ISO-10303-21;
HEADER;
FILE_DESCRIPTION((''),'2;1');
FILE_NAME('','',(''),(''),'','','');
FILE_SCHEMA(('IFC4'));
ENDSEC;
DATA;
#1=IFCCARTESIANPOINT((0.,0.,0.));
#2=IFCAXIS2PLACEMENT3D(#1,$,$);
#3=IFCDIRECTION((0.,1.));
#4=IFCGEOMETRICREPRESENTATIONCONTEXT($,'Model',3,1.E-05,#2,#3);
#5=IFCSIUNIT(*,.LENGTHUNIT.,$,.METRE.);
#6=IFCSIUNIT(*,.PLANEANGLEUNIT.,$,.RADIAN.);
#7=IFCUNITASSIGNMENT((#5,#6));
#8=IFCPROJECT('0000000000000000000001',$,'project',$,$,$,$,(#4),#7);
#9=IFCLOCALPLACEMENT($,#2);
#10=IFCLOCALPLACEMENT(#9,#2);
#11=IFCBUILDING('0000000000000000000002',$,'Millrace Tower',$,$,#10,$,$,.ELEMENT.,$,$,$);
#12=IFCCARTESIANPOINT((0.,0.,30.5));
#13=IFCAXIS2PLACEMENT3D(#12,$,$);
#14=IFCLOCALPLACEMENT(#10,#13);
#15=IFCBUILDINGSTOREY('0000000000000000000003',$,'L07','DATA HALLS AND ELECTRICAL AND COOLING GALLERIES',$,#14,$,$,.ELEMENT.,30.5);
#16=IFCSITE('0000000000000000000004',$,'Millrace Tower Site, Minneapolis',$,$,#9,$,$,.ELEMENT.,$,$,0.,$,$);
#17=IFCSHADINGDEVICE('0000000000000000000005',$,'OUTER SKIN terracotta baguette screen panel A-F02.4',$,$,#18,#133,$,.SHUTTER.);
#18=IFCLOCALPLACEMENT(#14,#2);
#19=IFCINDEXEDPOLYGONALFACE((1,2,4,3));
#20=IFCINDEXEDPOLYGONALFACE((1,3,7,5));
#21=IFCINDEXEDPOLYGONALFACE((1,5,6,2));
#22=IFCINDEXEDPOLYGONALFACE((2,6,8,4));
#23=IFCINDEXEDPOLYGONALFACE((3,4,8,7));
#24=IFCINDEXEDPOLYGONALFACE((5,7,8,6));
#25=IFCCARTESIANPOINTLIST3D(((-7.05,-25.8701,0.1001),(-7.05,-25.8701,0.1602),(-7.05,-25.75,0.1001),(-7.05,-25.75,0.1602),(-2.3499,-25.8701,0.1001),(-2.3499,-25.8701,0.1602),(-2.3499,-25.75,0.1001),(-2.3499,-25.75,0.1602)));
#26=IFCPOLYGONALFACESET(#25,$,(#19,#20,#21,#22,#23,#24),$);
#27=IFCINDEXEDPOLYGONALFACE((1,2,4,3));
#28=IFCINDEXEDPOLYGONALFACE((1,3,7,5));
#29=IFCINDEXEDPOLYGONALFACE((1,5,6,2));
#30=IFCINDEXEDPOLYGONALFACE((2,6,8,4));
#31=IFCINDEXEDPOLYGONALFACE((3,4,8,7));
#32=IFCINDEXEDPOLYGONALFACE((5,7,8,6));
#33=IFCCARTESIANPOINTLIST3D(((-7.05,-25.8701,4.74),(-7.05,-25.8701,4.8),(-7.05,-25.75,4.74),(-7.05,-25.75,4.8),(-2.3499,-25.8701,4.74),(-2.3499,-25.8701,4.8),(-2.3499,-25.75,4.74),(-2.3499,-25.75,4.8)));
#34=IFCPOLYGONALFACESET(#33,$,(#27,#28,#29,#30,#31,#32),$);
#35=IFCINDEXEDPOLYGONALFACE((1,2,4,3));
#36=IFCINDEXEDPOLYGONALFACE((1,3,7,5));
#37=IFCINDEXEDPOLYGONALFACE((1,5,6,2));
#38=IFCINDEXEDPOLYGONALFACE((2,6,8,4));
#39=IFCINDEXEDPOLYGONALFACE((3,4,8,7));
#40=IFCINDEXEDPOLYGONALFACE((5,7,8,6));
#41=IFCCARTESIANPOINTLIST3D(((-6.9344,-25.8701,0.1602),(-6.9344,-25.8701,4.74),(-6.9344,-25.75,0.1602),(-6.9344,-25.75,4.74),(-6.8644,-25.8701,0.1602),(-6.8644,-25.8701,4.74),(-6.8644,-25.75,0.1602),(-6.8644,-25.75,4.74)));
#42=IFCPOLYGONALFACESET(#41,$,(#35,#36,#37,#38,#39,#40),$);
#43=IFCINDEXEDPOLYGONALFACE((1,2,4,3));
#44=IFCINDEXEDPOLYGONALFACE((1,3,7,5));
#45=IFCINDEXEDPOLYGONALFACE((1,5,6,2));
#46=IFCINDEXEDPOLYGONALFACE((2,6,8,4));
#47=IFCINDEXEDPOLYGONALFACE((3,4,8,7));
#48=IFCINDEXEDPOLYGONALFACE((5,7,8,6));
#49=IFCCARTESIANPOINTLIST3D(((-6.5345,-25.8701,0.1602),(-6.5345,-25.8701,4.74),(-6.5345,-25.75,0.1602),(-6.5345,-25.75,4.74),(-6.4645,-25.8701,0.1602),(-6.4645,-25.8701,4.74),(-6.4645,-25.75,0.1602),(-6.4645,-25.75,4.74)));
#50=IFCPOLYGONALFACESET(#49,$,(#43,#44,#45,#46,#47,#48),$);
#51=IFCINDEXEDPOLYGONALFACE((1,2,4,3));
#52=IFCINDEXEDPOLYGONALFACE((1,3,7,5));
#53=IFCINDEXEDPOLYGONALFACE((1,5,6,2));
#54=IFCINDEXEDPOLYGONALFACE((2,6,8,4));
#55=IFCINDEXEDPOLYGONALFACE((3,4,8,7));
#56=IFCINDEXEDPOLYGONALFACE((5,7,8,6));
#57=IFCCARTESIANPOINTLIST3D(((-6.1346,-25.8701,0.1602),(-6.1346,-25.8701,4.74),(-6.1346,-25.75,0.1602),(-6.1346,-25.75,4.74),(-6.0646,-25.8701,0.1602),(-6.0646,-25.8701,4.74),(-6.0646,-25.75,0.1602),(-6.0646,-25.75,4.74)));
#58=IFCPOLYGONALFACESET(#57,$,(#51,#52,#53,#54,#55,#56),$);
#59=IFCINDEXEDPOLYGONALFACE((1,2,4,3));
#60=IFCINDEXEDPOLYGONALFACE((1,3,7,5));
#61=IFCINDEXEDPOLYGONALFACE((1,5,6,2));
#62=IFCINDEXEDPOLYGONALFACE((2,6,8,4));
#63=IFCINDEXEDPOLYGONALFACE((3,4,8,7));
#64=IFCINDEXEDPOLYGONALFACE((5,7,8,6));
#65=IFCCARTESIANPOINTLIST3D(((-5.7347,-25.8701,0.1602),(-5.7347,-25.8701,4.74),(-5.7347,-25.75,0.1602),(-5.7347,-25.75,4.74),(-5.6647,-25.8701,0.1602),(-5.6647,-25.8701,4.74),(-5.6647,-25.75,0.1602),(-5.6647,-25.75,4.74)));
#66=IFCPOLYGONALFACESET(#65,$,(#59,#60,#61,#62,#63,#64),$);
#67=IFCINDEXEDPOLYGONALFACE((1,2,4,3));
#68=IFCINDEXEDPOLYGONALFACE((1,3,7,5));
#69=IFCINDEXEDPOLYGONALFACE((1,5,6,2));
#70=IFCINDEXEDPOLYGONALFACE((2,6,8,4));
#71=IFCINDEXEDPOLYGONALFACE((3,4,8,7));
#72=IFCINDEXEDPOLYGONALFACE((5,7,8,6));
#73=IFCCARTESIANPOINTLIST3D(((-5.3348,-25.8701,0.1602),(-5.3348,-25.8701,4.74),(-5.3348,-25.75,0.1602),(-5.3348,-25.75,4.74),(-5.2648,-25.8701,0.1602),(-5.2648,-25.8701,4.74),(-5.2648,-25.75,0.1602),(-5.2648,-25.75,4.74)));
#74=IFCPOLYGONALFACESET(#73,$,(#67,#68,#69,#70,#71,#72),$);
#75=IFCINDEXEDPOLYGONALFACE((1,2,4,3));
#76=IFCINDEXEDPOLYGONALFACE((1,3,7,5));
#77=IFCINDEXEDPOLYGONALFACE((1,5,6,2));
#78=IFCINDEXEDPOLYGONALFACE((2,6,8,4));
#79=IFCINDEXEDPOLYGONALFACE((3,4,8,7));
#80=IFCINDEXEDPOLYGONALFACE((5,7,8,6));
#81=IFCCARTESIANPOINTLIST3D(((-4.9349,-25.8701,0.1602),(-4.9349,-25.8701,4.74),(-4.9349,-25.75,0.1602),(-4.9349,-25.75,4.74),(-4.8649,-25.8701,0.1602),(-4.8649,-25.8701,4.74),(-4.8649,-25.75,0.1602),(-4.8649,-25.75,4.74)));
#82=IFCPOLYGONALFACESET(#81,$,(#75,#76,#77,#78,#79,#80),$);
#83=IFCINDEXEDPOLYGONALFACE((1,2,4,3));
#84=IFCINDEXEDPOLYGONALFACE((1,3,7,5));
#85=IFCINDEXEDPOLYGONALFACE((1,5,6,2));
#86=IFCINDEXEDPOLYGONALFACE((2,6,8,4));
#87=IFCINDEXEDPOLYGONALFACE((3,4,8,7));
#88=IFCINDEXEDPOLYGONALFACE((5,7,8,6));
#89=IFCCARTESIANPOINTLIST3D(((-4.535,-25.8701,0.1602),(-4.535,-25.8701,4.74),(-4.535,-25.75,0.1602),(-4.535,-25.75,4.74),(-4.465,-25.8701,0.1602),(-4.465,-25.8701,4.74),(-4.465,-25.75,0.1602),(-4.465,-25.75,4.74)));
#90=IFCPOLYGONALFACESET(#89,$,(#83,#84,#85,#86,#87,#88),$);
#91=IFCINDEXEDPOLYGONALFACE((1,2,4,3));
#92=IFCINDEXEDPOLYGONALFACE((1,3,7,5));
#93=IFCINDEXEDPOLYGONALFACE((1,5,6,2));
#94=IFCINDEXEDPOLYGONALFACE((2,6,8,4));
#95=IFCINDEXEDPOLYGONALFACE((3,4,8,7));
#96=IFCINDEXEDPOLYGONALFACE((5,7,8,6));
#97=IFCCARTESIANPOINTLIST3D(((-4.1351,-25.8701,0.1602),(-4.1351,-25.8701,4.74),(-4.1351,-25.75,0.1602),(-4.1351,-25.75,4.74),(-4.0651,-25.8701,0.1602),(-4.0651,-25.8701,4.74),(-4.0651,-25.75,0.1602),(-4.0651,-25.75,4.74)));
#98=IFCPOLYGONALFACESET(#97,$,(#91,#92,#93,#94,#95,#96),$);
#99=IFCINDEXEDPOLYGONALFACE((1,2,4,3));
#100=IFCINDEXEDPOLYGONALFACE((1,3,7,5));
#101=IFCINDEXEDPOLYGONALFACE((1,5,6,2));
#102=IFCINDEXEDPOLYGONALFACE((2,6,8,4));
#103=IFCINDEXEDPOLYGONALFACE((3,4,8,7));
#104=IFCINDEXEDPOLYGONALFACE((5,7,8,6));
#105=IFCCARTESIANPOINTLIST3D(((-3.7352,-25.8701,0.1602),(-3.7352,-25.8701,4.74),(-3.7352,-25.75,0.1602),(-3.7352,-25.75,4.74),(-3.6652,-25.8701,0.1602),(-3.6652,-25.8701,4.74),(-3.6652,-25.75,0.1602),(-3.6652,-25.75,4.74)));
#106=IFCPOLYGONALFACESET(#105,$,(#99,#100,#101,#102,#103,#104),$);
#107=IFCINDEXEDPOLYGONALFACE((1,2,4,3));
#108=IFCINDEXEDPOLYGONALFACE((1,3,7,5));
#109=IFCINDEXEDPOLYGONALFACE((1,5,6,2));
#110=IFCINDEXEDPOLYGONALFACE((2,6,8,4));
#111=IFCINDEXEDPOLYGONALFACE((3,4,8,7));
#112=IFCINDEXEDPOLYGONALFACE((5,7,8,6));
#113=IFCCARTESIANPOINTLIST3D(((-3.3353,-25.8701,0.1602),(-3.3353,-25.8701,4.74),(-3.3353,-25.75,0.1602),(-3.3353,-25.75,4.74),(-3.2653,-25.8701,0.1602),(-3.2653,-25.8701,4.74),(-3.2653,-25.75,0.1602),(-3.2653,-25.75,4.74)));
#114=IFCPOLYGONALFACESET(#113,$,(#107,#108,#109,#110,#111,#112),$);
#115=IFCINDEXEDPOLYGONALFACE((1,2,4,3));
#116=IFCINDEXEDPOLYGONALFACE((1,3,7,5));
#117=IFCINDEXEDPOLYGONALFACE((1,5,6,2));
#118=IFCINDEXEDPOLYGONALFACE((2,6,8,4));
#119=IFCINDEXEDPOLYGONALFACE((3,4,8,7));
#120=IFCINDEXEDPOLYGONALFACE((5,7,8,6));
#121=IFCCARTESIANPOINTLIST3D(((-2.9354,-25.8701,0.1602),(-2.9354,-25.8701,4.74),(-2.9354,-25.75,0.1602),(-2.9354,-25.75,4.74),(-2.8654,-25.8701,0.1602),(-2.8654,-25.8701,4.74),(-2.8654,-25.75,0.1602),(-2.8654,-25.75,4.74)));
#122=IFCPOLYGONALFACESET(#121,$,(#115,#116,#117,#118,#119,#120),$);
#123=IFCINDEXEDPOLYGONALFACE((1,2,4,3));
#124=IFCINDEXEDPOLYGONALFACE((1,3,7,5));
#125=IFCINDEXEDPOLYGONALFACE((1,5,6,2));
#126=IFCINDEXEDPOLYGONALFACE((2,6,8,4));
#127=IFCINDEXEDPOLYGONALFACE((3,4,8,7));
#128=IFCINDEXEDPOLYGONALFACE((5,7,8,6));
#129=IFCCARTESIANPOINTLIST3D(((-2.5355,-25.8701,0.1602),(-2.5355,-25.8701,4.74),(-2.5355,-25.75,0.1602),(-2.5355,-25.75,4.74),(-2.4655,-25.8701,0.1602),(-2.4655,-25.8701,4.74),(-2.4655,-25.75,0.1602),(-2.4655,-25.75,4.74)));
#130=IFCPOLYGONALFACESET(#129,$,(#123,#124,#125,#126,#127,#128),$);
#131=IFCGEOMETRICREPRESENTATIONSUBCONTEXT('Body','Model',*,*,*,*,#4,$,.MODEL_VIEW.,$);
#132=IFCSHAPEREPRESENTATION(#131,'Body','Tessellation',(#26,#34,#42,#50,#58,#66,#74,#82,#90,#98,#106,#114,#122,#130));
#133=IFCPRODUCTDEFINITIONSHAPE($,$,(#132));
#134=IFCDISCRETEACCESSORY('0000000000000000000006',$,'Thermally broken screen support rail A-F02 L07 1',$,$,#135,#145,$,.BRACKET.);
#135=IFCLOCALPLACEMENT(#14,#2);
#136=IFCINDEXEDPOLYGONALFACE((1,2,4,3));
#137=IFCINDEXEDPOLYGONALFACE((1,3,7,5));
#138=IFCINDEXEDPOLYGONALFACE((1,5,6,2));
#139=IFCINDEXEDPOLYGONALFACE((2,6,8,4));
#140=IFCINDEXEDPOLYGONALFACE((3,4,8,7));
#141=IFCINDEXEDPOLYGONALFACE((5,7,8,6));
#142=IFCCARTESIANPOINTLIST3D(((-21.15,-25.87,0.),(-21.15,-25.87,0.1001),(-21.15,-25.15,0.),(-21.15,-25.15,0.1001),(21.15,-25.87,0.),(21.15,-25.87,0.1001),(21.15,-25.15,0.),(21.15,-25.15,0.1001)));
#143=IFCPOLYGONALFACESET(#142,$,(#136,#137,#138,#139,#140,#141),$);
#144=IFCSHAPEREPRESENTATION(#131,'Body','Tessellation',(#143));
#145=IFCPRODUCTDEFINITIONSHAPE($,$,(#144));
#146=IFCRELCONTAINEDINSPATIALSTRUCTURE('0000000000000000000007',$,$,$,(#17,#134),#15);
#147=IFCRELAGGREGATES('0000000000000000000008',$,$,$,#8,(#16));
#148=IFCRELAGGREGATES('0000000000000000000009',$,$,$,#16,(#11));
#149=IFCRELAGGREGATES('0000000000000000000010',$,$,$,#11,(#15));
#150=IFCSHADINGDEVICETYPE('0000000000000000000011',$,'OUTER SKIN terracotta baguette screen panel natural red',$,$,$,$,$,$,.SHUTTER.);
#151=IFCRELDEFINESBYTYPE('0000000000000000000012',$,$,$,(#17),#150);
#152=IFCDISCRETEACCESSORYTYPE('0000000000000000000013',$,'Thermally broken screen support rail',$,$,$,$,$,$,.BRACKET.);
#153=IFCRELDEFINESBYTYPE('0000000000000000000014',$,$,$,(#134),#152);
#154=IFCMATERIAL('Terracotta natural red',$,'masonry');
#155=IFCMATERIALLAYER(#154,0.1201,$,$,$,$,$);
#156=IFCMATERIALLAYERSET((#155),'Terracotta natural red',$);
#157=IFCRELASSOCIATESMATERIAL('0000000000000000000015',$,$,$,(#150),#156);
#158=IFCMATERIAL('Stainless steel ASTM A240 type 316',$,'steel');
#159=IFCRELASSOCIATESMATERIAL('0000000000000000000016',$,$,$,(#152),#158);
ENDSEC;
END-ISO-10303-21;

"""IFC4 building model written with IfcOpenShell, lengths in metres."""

from ifc_helpers import new_model, entity, si_unit, direction, frame, frame_2d, origin, origin_2d, place, context, subcontext, project, spatial, rectangle, extrude, source, transform, mapped, material, layer, layer_set, type_object, element, save


model = new_model("IFC4")

# Units and contexts
model_context = context("Model", 3, precision=1e-05, world=origin(), true_north=direction((0.0, 1.0)))
body_context = subcontext(model_context, "Body", "Model", "MODEL_VIEW")
ifc_project = project(units=[si_unit("LENGTHUNIT", "METRE"), si_unit("PLANEANGLEUNIT", "RADIAN")], contexts=[model_context])

# Site, building, storey
site_placement = place(None, origin())
site = spatial("IfcSite", under=ifc_project, at=site_placement, Name="Millrace Tower Site, Minneapolis", CompositionType="ELEMENT", RefElevation=0.0)
building_placement = place(site_placement, origin())
building = spatial("IfcBuilding", under=site, at=building_placement, Name="Millrace Tower", CompositionType="ELEMENT")
storey_placement = place(building_placement, frame((0.0, 0.0, 30.5)))
storey = spatial("IfcBuildingStorey", under=building, at=storey_placement, Name="L07", Description="DATA HALLS AND ELECTRICAL AND COOLING GALLERIES", CompositionType="ELEMENT", Elevation=30.5)

# Shading device
cartesian_point = entity("IfcCartesianPoint", [-2.3501, 0.0601])
shared_polyline = entity("IfcPolyline", [cartesian_point, entity("IfcCartesianPoint", [2.3501, 0.0601]), entity("IfcCartesianPoint", [2.3501, -0.0601]), entity("IfcCartesianPoint", [-2.3501, -0.0601]), cartesian_point])
ifc_material_1 = material(Name="Terracotta natural red", Category="masonry")
ifc_layer_1 = layer(ifc_material_1, 0.1201)
ifc_layer_set_1 = layer_set([ifc_layer_1], Name="Terracotta natural red")
shading_device_type_1 = type_object("IfcShadingDeviceType", Name="OUTER SKIN terracotta baguette screen panel natural red", PredefinedType="SHUTTER", material=ifc_layer_set_1)
shared_shape_1 = source(origin(), body_context, "Body", "SweptSolid", [
    entity("IfcExtrudedAreaSolid", entity("IfcArbitraryClosedProfileDef", "AREA", None, shared_polyline), entity("IfcAxis2Placement3D", entity("IfcCartesianPoint", [0.0, 0.0, 0.0])), entity("IfcDirection", [0.0, 0.0, 1.0]), 0.0601),
    entity("IfcExtrudedAreaSolid", entity("IfcArbitraryClosedProfileDef", "AREA", None, shared_polyline), entity("IfcAxis2Placement3D", entity("IfcCartesianPoint", [0.0, 0.0, 4.6399])), entity("IfcDirection", [0.0, 0.0, 1.0]), 0.0601),
    extrude(rectangle(XDim=0.0701, YDim=0.1201, at=frame_2d((-2.1995, 0.0))), frame((0.0, 0.0, 0.0601)), (0.0, 0.0, 1.0), 4.5798),
    extrude(rectangle(XDim=0.0701, YDim=0.1201, at=frame_2d((-1.7996, 0.0))), frame((0.0, 0.0, 0.0601)), (0.0, 0.0, 1.0), 4.5798),
    extrude(rectangle(XDim=0.0701, YDim=0.1201, at=frame_2d((-1.3997, 0.0))), frame((0.0, 0.0, 0.0601)), (0.0, 0.0, 1.0), 4.5798),
    extrude(rectangle(XDim=0.0701, YDim=0.1201, at=frame_2d((-0.9998, 0.0))), frame((0.0, 0.0, 0.0601)), (0.0, 0.0, 1.0), 4.5798),
    extrude(rectangle(XDim=0.0701, YDim=0.1201, at=frame_2d((-0.5999, 0.0))), frame((0.0, 0.0, 0.0601)), (0.0, 0.0, 1.0), 4.5798),
    extrude(rectangle(XDim=0.0701, YDim=0.1201, at=frame_2d((-0.2, 0.0))), frame((0.0, 0.0, 0.0601)), (0.0, 0.0, 1.0), 4.5798),
    extrude(rectangle(XDim=0.0701, YDim=0.1201, at=frame_2d((0.2, 0.0))), frame((0.0, 0.0, 0.0601)), (0.0, 0.0, 1.0), 4.5798),
    extrude(rectangle(XDim=0.0701, YDim=0.1201, at=frame_2d((0.5999, 0.0))), frame((0.0, 0.0, 0.0601)), (0.0, 0.0, 1.0), 4.5798),
    extrude(rectangle(XDim=0.0701, YDim=0.1201, at=frame_2d((0.9998, 0.0))), frame((0.0, 0.0, 0.0601)), (0.0, 0.0, 1.0), 4.5798),
    extrude(rectangle(XDim=0.0701, YDim=0.1201, at=frame_2d((1.3997, 0.0))), frame((0.0, 0.0, 0.0601)), (0.0, 0.0, 1.0), 4.5798),
    extrude(rectangle(XDim=0.0701, YDim=0.1201, at=frame_2d((1.7996, 0.0))), frame((0.0, 0.0, 0.0601)), (0.0, 0.0, 1.0), 4.5798),
    extrude(rectangle(XDim=0.0701, YDim=0.1201, at=frame_2d((2.1995, 0.0))), frame((0.0, 0.0, 0.0601)), (0.0, 0.0, 1.0), 4.5798),
])
for number, where, z_axis, x_axis, name in (
    (1, (-4.7, -25.8101, 0.1001), (0.0, 0.0, 1.0), (1.0, 0.0, 0.0), "OUTER SKIN terracotta baguette screen panel A-F02.4"),
):
    element("IfcShadingDevice", number, at=place(storey_placement, frame(where, z_axis=z_axis, x_axis=x_axis)), inside=storey, type_object=shading_device_type_1, Name=name, PredefinedType="SHUTTER", context=body_context, shape_type="MappedRepresentation", body=[
        mapped(shared_shape_1, transform((0.0, 0.0, 0.0), scale=1.0)),
    ])

# Discrete accessory
ifc_material_2 = material(Name="Stainless steel ASTM A240 type 316", Category="steel")
discrete_accessory_type = type_object("IfcDiscreteAccessoryType", Name="Thermally broken screen support rail", PredefinedType="BRACKET", material=ifc_material_2)
discrete_accessory_placement = place(storey_placement, frame((0.0, -25.51, 0.0), z_axis=(0.0, 0.0, 1.0), x_axis=(1.0, 0.0, 0.0)))
element("IfcDiscreteAccessory", 2, at=discrete_accessory_placement, inside=storey, type_object=discrete_accessory_type, Name="Thermally broken screen support rail A-F02 L07 1", PredefinedType="BRACKET", context=body_context, shape_type="SweptSolid", body=[
    extrude(rectangle(XDim=42.3, YDim=0.72, at=origin_2d()), origin(), (0.0, 0.0, 1.0), 0.1001),
])

save(model, "model.ifc")
